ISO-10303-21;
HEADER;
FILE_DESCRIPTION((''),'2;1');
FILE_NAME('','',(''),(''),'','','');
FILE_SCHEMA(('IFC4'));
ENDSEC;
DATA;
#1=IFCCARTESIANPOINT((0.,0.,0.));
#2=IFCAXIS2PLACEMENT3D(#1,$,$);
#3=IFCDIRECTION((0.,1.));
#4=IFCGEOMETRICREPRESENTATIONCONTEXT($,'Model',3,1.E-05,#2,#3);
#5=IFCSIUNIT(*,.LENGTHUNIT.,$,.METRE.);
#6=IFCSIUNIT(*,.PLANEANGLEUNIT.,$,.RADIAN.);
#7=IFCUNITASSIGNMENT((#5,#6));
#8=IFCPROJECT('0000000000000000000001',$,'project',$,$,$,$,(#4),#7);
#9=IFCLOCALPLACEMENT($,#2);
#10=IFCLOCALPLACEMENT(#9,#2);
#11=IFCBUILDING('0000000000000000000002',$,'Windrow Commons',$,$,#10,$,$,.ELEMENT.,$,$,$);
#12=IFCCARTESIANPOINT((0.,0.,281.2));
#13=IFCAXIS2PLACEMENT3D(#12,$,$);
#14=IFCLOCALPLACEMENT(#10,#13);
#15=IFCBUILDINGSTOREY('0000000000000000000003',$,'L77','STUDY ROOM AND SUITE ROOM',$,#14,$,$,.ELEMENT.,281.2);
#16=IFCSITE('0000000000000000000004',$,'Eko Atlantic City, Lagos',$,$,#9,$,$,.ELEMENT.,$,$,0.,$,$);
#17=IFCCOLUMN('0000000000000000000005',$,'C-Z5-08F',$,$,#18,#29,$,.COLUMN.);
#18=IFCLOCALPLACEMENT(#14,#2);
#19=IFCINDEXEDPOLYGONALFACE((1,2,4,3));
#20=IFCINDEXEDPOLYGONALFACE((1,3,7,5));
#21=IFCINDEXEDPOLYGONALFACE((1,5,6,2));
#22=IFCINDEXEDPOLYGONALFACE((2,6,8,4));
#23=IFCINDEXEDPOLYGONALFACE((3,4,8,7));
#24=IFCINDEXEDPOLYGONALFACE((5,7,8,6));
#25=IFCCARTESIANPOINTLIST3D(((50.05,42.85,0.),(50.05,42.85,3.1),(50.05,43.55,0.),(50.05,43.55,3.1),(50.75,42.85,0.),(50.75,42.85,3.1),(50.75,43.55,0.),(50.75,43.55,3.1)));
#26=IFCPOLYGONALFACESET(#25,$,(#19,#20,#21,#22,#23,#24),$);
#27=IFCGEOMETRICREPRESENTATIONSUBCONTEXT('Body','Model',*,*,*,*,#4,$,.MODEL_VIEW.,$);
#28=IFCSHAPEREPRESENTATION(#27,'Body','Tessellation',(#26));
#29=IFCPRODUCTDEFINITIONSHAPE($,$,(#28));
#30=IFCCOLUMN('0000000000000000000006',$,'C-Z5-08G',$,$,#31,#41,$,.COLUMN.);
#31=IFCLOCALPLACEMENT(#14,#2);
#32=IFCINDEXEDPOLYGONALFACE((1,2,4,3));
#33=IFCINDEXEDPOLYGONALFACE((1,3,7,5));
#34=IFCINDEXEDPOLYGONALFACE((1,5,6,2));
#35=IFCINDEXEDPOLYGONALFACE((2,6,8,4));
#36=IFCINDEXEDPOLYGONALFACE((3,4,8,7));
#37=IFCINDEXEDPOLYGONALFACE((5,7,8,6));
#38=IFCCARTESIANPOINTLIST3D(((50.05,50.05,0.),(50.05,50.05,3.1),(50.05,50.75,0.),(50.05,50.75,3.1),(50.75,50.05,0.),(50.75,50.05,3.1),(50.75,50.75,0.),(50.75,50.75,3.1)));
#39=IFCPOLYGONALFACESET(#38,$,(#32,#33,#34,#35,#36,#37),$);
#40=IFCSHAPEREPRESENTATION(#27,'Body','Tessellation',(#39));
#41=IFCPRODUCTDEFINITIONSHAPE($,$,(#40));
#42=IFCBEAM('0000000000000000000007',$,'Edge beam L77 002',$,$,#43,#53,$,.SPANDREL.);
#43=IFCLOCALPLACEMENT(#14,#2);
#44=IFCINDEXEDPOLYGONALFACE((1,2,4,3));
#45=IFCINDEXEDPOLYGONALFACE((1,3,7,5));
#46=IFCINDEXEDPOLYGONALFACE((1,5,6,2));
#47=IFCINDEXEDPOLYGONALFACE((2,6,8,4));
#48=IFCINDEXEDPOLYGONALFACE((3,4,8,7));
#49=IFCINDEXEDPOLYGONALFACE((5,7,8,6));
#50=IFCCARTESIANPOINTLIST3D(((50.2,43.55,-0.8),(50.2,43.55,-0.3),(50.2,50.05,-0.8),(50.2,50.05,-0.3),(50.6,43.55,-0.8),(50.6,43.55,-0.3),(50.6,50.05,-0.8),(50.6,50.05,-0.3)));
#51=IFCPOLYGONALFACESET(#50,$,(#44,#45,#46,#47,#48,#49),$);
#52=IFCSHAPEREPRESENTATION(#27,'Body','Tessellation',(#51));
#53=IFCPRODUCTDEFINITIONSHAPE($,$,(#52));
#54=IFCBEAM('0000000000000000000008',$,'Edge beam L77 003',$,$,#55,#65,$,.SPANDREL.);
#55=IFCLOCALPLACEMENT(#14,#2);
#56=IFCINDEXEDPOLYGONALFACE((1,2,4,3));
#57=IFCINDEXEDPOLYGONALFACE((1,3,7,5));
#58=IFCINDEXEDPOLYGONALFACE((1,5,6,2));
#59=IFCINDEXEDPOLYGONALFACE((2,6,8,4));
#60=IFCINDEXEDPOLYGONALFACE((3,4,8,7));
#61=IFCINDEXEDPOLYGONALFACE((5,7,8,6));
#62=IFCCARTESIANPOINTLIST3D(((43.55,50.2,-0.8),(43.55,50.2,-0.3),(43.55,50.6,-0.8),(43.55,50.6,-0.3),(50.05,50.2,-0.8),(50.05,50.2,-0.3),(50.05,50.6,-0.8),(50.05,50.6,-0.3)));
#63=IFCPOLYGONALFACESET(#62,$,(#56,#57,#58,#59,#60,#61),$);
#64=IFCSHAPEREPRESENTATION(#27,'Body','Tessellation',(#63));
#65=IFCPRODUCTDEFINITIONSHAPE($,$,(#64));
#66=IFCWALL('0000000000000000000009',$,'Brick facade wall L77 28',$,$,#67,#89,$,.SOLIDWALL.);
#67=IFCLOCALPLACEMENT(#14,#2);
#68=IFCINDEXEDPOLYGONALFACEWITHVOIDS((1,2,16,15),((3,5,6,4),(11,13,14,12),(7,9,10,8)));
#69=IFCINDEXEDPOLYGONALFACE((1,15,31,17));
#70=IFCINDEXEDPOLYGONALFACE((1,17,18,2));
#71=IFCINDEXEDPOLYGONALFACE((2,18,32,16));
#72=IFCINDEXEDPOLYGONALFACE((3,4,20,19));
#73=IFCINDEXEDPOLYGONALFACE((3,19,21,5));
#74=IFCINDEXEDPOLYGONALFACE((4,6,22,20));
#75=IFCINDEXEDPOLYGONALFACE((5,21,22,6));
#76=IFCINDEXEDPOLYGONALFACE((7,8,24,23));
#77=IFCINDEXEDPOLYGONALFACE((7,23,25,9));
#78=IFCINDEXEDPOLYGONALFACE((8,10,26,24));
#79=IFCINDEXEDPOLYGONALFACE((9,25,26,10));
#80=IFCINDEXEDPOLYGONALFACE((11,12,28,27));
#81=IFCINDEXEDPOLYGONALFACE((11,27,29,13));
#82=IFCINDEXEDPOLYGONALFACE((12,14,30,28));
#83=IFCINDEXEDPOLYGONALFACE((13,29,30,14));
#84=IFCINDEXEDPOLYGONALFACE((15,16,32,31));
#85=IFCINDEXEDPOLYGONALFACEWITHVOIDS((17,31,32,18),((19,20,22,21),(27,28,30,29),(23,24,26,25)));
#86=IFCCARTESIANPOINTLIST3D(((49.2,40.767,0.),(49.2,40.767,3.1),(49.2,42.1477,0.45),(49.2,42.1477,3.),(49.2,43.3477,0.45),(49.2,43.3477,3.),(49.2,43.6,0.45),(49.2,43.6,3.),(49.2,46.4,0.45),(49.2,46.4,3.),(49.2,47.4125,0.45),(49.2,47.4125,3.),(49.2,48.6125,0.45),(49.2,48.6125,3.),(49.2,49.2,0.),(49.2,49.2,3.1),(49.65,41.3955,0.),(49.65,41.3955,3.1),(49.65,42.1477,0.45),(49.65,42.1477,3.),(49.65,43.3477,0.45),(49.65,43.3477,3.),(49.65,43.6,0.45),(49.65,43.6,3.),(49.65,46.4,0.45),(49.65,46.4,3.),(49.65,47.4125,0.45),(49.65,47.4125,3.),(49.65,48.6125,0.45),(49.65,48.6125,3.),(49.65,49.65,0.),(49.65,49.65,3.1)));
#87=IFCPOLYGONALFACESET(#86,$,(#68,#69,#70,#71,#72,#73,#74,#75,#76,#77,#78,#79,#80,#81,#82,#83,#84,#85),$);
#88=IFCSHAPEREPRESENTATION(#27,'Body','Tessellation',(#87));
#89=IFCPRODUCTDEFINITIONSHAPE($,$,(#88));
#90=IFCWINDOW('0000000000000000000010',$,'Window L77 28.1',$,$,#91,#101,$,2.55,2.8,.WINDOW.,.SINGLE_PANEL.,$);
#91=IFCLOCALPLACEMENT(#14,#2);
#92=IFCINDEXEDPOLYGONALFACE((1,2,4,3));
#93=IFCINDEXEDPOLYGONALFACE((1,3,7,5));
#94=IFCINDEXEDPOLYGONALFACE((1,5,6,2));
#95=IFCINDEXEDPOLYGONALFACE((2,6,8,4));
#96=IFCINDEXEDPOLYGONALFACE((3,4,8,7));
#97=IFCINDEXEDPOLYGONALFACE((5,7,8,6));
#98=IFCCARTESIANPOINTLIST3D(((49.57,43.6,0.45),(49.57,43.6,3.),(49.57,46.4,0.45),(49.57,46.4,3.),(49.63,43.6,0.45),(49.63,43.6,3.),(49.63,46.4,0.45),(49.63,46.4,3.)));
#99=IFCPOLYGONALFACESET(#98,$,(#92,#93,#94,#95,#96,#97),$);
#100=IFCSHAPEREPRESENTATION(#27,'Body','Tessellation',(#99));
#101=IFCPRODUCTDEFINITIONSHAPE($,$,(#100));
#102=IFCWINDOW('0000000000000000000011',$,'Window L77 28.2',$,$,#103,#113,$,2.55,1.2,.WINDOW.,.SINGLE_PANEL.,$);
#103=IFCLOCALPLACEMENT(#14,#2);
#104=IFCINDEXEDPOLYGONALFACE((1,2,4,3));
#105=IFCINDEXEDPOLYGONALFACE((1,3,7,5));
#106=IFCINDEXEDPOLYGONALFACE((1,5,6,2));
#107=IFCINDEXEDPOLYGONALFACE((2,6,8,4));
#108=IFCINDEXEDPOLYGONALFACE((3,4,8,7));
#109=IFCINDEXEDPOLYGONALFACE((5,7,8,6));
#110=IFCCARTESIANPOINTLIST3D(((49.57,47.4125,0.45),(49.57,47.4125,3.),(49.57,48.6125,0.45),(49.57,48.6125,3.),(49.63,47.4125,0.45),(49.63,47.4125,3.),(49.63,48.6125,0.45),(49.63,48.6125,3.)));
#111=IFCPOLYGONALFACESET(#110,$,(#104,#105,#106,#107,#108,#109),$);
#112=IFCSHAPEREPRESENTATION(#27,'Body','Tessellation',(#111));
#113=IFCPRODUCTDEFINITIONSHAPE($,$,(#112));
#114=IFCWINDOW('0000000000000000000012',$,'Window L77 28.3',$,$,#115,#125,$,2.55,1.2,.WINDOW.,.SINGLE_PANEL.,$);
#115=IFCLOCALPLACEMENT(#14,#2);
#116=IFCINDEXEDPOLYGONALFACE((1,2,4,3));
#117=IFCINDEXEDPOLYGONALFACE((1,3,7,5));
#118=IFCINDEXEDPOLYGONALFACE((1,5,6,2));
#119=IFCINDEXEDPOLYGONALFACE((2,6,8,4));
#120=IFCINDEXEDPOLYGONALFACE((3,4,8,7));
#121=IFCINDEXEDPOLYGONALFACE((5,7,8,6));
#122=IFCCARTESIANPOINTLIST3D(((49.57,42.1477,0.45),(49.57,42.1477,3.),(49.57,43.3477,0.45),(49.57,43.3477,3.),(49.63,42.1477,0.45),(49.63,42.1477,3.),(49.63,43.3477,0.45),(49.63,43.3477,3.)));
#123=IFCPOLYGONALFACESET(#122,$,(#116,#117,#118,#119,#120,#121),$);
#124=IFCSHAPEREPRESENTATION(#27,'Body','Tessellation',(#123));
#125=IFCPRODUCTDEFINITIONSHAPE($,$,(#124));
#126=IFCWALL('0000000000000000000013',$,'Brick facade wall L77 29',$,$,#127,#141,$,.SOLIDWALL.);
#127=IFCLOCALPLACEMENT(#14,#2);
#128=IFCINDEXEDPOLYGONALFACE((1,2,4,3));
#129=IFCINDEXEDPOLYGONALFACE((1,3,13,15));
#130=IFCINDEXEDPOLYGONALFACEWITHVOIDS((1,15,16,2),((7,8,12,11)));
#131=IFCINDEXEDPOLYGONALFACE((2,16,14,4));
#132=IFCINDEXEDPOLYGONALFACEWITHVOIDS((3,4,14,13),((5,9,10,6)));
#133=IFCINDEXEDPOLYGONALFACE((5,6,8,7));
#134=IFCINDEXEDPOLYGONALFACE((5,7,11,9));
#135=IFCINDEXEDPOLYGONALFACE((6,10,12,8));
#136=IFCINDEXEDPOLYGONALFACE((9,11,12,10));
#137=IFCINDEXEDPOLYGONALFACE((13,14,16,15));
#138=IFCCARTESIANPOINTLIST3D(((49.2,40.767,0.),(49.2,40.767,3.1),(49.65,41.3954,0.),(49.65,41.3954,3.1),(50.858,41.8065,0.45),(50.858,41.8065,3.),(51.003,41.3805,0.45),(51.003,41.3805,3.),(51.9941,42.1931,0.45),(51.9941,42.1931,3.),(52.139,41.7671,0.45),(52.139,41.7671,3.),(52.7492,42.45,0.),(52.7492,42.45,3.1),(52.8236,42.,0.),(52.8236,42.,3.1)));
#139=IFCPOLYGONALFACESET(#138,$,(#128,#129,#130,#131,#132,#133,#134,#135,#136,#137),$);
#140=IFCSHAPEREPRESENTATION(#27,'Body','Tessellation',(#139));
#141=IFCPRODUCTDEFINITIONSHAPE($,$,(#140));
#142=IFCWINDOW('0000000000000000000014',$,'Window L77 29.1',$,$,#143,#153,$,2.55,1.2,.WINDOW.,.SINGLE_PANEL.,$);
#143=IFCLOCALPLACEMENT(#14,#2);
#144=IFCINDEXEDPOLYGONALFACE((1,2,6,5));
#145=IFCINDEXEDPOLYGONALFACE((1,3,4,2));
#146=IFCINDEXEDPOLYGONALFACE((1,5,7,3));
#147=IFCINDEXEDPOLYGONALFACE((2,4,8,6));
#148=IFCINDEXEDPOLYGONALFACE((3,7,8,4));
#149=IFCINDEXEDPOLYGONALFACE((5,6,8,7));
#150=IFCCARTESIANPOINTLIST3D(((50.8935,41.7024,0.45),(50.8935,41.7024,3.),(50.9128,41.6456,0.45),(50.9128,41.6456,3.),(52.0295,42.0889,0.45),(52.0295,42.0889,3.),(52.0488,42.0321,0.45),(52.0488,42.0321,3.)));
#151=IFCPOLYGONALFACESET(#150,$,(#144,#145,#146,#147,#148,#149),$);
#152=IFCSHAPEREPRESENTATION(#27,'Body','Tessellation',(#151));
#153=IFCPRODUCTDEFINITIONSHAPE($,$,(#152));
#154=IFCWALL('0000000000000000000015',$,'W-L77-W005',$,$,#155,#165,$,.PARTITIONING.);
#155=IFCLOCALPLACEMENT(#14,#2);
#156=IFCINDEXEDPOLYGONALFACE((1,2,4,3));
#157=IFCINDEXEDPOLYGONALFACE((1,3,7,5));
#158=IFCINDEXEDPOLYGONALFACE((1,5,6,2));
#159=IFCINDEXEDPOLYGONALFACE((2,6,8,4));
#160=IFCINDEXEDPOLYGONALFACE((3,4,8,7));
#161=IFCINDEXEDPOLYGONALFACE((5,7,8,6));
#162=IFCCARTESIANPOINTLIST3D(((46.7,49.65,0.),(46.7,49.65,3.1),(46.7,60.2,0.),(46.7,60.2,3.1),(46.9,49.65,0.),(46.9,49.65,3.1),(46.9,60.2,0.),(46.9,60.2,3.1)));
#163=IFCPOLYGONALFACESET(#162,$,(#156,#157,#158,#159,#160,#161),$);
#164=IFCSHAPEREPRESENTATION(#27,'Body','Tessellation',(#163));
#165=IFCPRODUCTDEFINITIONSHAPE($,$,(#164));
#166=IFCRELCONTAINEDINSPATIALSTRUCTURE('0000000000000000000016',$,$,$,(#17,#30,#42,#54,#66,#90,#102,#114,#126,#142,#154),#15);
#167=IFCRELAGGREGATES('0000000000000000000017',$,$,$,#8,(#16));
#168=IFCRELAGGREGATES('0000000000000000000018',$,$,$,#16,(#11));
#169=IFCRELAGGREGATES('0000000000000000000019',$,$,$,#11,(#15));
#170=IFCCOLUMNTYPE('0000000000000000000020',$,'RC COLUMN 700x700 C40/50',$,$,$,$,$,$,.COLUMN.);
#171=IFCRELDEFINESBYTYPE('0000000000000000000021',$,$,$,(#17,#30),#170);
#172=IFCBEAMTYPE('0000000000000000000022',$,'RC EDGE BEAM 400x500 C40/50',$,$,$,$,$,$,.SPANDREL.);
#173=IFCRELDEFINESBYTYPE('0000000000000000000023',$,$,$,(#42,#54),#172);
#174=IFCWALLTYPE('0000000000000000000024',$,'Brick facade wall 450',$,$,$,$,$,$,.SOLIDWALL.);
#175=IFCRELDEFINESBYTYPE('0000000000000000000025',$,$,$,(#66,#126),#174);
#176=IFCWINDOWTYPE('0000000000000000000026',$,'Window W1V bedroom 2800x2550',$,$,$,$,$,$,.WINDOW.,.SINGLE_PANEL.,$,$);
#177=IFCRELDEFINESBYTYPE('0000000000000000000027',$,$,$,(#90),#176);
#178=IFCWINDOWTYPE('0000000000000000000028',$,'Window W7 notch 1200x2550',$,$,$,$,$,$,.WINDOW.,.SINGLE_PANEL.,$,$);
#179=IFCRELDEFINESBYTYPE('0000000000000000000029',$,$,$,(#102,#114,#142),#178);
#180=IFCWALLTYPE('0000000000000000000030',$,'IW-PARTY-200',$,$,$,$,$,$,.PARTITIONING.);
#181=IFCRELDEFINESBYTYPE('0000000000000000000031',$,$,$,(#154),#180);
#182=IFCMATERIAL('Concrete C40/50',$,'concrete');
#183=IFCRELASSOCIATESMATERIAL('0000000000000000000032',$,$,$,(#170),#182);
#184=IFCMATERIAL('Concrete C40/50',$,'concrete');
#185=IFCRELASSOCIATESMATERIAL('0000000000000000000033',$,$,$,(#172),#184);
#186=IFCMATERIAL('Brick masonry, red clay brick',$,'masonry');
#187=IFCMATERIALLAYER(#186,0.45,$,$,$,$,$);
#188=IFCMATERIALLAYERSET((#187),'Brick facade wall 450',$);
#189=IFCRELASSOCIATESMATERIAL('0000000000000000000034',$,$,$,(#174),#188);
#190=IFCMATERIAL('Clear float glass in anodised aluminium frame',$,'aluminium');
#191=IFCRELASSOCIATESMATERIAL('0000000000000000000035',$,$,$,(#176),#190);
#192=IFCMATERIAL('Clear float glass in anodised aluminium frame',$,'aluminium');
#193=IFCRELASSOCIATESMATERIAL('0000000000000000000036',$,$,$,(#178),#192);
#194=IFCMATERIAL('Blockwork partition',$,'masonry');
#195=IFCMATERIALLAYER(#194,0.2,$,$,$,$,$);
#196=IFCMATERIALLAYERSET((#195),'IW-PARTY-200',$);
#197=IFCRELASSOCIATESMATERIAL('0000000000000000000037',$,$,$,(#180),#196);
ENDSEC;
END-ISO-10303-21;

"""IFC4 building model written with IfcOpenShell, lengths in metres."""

from ifc_helpers import new_model, si_unit, direction, frame, frame_2d, origin, origin_2d, place, context, subcontext, project, spatial, polyline, rectangle, outline, extrude, material, layer, layer_set, material_profile, profile_set, type_object, element, fill, save


model = new_model("IFC4")

# Units and contexts
model_context = context("Model", 3, precision=1e-05, world=origin(), true_north=direction((0.0, 1.0)))
body_context = subcontext(model_context, "Body", "Model", "MODEL_VIEW")
ifc_project = project(units=[si_unit("LENGTHUNIT", "METRE"), si_unit("PLANEANGLEUNIT", "RADIAN")], contexts=[model_context])

# Site, building, storey
site_placement = place(None, origin())
site = spatial("IfcSite", under=ifc_project, at=site_placement, Name="Eko Atlantic City, Lagos", CompositionType="ELEMENT", RefElevation=0.0)
building_placement = place(site_placement, origin())
building = spatial("IfcBuilding", under=site, at=building_placement, Name="Windrow Commons", CompositionType="ELEMENT")
storey_placement = place(building_placement, frame((0.0, 0.0, 281.2)))
storey = spatial("IfcBuildingStorey", under=building, at=storey_placement, Name="L77", Description="STUDY ROOM AND SUITE ROOM", CompositionType="ELEMENT", Elevation=281.2)

# Columns
ifc_material_1 = material(Name="Concrete C40/50", Category="concrete")
ifc_material_profile_1 = material_profile(ifc_material_1, rectangle(XDim=0.7, YDim=0.7, at=origin_2d()))
ifc_profile_set_1 = profile_set([ifc_material_profile_1], Name="Concrete C40/50")
column_type = type_object("IfcColumnType", Name="RC COLUMN 700x700 C40/50", PredefinedType="COLUMN", material=ifc_profile_set_1)
for number, where, z_axis, x_axis, name in (
    (1, (50.4, 43.2, 0.0), (0.0, 0.0, 1.0), (1.0, 0.0, 0.0), "C-Z5-08F"),
    (2, (50.4, 50.4, 0.0), (0.0, 0.0, 1.0), (1.0, 0.0, 0.0), "C-Z5-08G"),
):
    element("IfcColumn", number, at=place(storey_placement, frame(where, z_axis=z_axis, x_axis=x_axis)), inside=storey, type_object=column_type, Name=name, PredefinedType="COLUMN", context=body_context, shape_type="SweptSolid", body=[
        extrude(rectangle(XDim=0.7, YDim=0.7, at=origin_2d()), origin(), (0.0, 0.0, 1.0), 3.1),
    ])

# Beams
ifc_material_2 = material(Name="Concrete C40/50", Category="concrete")
ifc_material_profile_2 = material_profile(ifc_material_2, rectangle(XDim=0.4, YDim=0.5, at=origin_2d()))
ifc_profile_set_2 = profile_set([ifc_material_profile_2], Name="Concrete C40/50")
beam_type = type_object("IfcBeamType", Name="RC EDGE BEAM 400x500 C40/50", PredefinedType="SPANDREL", material=ifc_profile_set_2)
for number, where, z_axis, x_axis, name in (
    (3, (50.4, 43.55, -0.55), (0.0, 1.0, 0.0), (-1.0, 0.0, 0.0), "Edge beam L77 002"),
    (4, (50.05, 50.4, -0.55), (-1.0, 0.0, 0.0), (0.0, -1.0, 0.0), "Edge beam L77 003"),
):
    element("IfcBeam", number, at=place(storey_placement, frame(where, z_axis=z_axis, x_axis=x_axis)), inside=storey, type_object=beam_type, Name=name, PredefinedType="SPANDREL", context=body_context, shape_type="SweptSolid", body=[
        extrude(rectangle(XDim=0.4, YDim=0.5, at=origin_2d()), origin(), (0.0, 0.0, 1.0), 6.5),
    ])

# Wall, openings, windows
ifc_material_3 = material(Name="Brick masonry, red clay brick", Category="masonry")
ifc_layer_1 = layer(ifc_material_3, 0.45)
ifc_layer_set_1 = layer_set([ifc_layer_1], Name="Brick facade wall 450")
wall_type_1 = type_object("IfcWallType", Name="Brick facade wall 450", PredefinedType="SOLIDWALL", material=ifc_layer_set_1)
wall_1_placement = place(storey_placement, frame((49.425, 49.425, 0.0), z_axis=(0.0, 0.0, 1.0), x_axis=(0.0, -1.0, 0.0)))
wall_1 = element("IfcWall", 5, at=wall_1_placement, inside=storey, type_object=wall_type_1, Name="Brick facade wall L77 28", PredefinedType="SOLIDWALL", context=body_context, shape_type="SweptSolid", body=[
    extrude(outline(polyline([(0.225, -0.225), (8.658, -0.225), (8.0295, 0.225), (-0.225, 0.225), (0.225, -0.225)])), origin(), (0.0, 0.0, 1.0), 3.1),
])
opening_1_placement = place(wall_1_placement, frame((3.025, 0.0, 0.45)))
opening_1 = element("IfcOpeningElement", 6, at=opening_1_placement, cuts=wall_1, PredefinedType="OPENING", context=body_context, shape_type="SweptSolid", body=[
    extrude(rectangle(XDim=2.8, YDim=2.55, at=frame_2d((1.4, 1.275))), frame((0.0, 0.235, 0.0), z_axis=(0.0, -1.0, 0.0), x_axis=(1.0, 0.0, 0.0)), (0.0, 0.0, 1.0), 0.47),
])
opening_2_placement = place(wall_1_placement, frame((0.8125, 0.0, 0.45)))
opening_2 = element("IfcOpeningElement", 7, at=opening_2_placement, cuts=wall_1, PredefinedType="OPENING", context=body_context, shape_type="SweptSolid", body=[
    extrude(rectangle(XDim=1.2, YDim=2.55, at=frame_2d((0.6, 1.275))), frame((0.0, 0.235, 0.0), z_axis=(0.0, -1.0, 0.0), x_axis=(1.0, 0.0, 0.0)), (0.0, 0.0, 1.0), 0.47),
])
opening_3_placement = place(wall_1_placement, frame((6.0773, 0.0, 0.45)))
opening_3 = element("IfcOpeningElement", 8, at=opening_3_placement, cuts=wall_1, PredefinedType="OPENING", context=body_context, shape_type="SweptSolid", body=[
    extrude(rectangle(XDim=1.2, YDim=2.55, at=frame_2d((0.6, 1.275))), frame((0.0, 0.235, 0.0), z_axis=(0.0, -1.0, 0.0), x_axis=(1.0, 0.0, 0.0)), (0.0, 0.0, 1.0), 0.47),
])
ifc_material_4 = material(Name="Clear float glass in anodised aluminium frame", Category="aluminium")
window_type_1 = type_object("IfcWindowType", Name="Window W1V bedroom 2800x2550", PartitioningType="SINGLE_PANEL", PredefinedType="WINDOW", material=ifc_material_4)
window_1_placement = place(opening_1_placement, origin())
window_1 = element("IfcWindow", 9, at=window_1_placement, inside=storey, type_object=window_type_1, Name="Window L77 28.1", OverallHeight=2.55, OverallWidth=2.8, PartitioningType="SINGLE_PANEL", PredefinedType="WINDOW", context=body_context, shape_type="SweptSolid", body=[
    extrude(rectangle(XDim=2.8, YDim=2.55, at=frame_2d((1.4, 1.275))), frame((0.0, 0.205, 0.0), z_axis=(0.0, -1.0, 0.0), x_axis=(1.0, 0.0, 0.0)), (0.0, 0.0, 1.0), 0.06),
])
fill(opening_1, window_1)
ifc_material_5 = material(Name="Clear float glass in anodised aluminium frame", Category="aluminium")
window_type_2 = type_object("IfcWindowType", Name="Window W7 notch 1200x2550", PartitioningType="SINGLE_PANEL", PredefinedType="WINDOW", material=ifc_material_5)
window_2_placement = place(opening_2_placement, origin())
window_2 = element("IfcWindow", 10, at=window_2_placement, inside=storey, type_object=window_type_2, Name="Window L77 28.2", OverallHeight=2.55, OverallWidth=1.2, PartitioningType="SINGLE_PANEL", PredefinedType="WINDOW", context=body_context, shape_type="SweptSolid", body=[
    extrude(rectangle(XDim=1.2, YDim=2.55, at=frame_2d((0.6, 1.275))), frame((0.0, 0.205, 0.0), z_axis=(0.0, -1.0, 0.0), x_axis=(1.0, 0.0, 0.0)), (0.0, 0.0, 1.0), 0.06),
])
fill(opening_2, window_2)
window_3_placement = place(opening_3_placement, origin())
window_3 = element("IfcWindow", 11, at=window_3_placement, inside=storey, type_object=window_type_2, Name="Window L77 28.3", OverallHeight=2.55, OverallWidth=1.2, PartitioningType="SINGLE_PANEL", PredefinedType="WINDOW", context=body_context, shape_type="SweptSolid", body=[
    extrude(rectangle(XDim=1.2, YDim=2.55, at=frame_2d((0.6, 1.275))), frame((0.0, 0.205, 0.0), z_axis=(0.0, -1.0, 0.0), x_axis=(1.0, 0.0, 0.0)), (0.0, 0.0, 1.0), 0.06),
])
fill(opening_3, window_3)

# Wall, opening, window
wall_2_placement = place(storey_placement, frame((49.425, 41.0812, 0.0), z_axis=(0.0, 0.0, 1.0), x_axis=(0.946693, 0.322136, 0.0)))
wall_2 = element("IfcWall", 12, at=wall_2_placement, inside=storey, type_object=wall_type_1, Name="Brick facade wall L77 29", PredefinedType="SOLIDWALL", context=body_context, shape_type="SweptSolid", body=[
    extrude(outline(polyline([(-0.3142, -0.225), (3.5134, -0.225), (3.5879, 0.225), (0.3142, 0.225), (-0.3142, -0.225)])), origin(), (0.0, 0.0, 1.0), 3.1),
])
opening_4_placement = place(wall_2_placement, frame((1.5903, 0.0, 0.45)))
opening_4 = element("IfcOpeningElement", 13, at=opening_4_placement, cuts=wall_2, PredefinedType="OPENING", context=body_context, shape_type="SweptSolid", body=[
    extrude(rectangle(XDim=1.2, YDim=2.55, at=frame_2d((0.6, 1.275))), frame((0.0, 0.235, 0.0), z_axis=(0.0, -1.0, 0.0), x_axis=(1.0, 0.0, 0.0)), (0.0, 0.0, 1.0), 0.47),
])
window_4_placement = place(opening_4_placement, origin())
window_4 = element("IfcWindow", 14, at=window_4_placement, inside=storey, type_object=window_type_2, Name="Window L77 29.1", OverallHeight=2.55, OverallWidth=1.2, PartitioningType="SINGLE_PANEL", PredefinedType="WINDOW", context=body_context, shape_type="SweptSolid", body=[
    extrude(rectangle(XDim=1.2, YDim=2.55, at=frame_2d((0.6, 1.275))), frame((0.0, 0.115, 0.0), z_axis=(0.0, -1.0, 0.0), x_axis=(1.0, 0.0, 0.0)), (0.0, 0.0, 1.0), 0.06),
])
fill(opening_4, window_4)

# Wall
ifc_material_6 = material(Name="Blockwork partition", Category="masonry")
ifc_layer_2 = layer(ifc_material_6, 0.2)
ifc_layer_set_2 = layer_set([ifc_layer_2], Name="IW-PARTY-200")
wall_type_2 = type_object("IfcWallType", Name="IW-PARTY-200", PredefinedType="PARTITIONING", material=ifc_layer_set_2)
wall_3_placement = place(storey_placement, frame((46.8, 49.65, 0.0), z_axis=(0.0, 0.0, 1.0), x_axis=(0.0, 1.0, 0.0)))
element("IfcWall", 15, at=wall_3_placement, inside=storey, type_object=wall_type_2, Name="W-L77-W005", PredefinedType="PARTITIONING", context=body_context, shape_type="SweptSolid", body=[
    extrude(rectangle(XDim=10.55, YDim=0.2, at=frame_2d((5.275, 0.0))), origin(), (0.0, 0.0, 1.0), 3.1),
])

save(model, "model.ifc")
